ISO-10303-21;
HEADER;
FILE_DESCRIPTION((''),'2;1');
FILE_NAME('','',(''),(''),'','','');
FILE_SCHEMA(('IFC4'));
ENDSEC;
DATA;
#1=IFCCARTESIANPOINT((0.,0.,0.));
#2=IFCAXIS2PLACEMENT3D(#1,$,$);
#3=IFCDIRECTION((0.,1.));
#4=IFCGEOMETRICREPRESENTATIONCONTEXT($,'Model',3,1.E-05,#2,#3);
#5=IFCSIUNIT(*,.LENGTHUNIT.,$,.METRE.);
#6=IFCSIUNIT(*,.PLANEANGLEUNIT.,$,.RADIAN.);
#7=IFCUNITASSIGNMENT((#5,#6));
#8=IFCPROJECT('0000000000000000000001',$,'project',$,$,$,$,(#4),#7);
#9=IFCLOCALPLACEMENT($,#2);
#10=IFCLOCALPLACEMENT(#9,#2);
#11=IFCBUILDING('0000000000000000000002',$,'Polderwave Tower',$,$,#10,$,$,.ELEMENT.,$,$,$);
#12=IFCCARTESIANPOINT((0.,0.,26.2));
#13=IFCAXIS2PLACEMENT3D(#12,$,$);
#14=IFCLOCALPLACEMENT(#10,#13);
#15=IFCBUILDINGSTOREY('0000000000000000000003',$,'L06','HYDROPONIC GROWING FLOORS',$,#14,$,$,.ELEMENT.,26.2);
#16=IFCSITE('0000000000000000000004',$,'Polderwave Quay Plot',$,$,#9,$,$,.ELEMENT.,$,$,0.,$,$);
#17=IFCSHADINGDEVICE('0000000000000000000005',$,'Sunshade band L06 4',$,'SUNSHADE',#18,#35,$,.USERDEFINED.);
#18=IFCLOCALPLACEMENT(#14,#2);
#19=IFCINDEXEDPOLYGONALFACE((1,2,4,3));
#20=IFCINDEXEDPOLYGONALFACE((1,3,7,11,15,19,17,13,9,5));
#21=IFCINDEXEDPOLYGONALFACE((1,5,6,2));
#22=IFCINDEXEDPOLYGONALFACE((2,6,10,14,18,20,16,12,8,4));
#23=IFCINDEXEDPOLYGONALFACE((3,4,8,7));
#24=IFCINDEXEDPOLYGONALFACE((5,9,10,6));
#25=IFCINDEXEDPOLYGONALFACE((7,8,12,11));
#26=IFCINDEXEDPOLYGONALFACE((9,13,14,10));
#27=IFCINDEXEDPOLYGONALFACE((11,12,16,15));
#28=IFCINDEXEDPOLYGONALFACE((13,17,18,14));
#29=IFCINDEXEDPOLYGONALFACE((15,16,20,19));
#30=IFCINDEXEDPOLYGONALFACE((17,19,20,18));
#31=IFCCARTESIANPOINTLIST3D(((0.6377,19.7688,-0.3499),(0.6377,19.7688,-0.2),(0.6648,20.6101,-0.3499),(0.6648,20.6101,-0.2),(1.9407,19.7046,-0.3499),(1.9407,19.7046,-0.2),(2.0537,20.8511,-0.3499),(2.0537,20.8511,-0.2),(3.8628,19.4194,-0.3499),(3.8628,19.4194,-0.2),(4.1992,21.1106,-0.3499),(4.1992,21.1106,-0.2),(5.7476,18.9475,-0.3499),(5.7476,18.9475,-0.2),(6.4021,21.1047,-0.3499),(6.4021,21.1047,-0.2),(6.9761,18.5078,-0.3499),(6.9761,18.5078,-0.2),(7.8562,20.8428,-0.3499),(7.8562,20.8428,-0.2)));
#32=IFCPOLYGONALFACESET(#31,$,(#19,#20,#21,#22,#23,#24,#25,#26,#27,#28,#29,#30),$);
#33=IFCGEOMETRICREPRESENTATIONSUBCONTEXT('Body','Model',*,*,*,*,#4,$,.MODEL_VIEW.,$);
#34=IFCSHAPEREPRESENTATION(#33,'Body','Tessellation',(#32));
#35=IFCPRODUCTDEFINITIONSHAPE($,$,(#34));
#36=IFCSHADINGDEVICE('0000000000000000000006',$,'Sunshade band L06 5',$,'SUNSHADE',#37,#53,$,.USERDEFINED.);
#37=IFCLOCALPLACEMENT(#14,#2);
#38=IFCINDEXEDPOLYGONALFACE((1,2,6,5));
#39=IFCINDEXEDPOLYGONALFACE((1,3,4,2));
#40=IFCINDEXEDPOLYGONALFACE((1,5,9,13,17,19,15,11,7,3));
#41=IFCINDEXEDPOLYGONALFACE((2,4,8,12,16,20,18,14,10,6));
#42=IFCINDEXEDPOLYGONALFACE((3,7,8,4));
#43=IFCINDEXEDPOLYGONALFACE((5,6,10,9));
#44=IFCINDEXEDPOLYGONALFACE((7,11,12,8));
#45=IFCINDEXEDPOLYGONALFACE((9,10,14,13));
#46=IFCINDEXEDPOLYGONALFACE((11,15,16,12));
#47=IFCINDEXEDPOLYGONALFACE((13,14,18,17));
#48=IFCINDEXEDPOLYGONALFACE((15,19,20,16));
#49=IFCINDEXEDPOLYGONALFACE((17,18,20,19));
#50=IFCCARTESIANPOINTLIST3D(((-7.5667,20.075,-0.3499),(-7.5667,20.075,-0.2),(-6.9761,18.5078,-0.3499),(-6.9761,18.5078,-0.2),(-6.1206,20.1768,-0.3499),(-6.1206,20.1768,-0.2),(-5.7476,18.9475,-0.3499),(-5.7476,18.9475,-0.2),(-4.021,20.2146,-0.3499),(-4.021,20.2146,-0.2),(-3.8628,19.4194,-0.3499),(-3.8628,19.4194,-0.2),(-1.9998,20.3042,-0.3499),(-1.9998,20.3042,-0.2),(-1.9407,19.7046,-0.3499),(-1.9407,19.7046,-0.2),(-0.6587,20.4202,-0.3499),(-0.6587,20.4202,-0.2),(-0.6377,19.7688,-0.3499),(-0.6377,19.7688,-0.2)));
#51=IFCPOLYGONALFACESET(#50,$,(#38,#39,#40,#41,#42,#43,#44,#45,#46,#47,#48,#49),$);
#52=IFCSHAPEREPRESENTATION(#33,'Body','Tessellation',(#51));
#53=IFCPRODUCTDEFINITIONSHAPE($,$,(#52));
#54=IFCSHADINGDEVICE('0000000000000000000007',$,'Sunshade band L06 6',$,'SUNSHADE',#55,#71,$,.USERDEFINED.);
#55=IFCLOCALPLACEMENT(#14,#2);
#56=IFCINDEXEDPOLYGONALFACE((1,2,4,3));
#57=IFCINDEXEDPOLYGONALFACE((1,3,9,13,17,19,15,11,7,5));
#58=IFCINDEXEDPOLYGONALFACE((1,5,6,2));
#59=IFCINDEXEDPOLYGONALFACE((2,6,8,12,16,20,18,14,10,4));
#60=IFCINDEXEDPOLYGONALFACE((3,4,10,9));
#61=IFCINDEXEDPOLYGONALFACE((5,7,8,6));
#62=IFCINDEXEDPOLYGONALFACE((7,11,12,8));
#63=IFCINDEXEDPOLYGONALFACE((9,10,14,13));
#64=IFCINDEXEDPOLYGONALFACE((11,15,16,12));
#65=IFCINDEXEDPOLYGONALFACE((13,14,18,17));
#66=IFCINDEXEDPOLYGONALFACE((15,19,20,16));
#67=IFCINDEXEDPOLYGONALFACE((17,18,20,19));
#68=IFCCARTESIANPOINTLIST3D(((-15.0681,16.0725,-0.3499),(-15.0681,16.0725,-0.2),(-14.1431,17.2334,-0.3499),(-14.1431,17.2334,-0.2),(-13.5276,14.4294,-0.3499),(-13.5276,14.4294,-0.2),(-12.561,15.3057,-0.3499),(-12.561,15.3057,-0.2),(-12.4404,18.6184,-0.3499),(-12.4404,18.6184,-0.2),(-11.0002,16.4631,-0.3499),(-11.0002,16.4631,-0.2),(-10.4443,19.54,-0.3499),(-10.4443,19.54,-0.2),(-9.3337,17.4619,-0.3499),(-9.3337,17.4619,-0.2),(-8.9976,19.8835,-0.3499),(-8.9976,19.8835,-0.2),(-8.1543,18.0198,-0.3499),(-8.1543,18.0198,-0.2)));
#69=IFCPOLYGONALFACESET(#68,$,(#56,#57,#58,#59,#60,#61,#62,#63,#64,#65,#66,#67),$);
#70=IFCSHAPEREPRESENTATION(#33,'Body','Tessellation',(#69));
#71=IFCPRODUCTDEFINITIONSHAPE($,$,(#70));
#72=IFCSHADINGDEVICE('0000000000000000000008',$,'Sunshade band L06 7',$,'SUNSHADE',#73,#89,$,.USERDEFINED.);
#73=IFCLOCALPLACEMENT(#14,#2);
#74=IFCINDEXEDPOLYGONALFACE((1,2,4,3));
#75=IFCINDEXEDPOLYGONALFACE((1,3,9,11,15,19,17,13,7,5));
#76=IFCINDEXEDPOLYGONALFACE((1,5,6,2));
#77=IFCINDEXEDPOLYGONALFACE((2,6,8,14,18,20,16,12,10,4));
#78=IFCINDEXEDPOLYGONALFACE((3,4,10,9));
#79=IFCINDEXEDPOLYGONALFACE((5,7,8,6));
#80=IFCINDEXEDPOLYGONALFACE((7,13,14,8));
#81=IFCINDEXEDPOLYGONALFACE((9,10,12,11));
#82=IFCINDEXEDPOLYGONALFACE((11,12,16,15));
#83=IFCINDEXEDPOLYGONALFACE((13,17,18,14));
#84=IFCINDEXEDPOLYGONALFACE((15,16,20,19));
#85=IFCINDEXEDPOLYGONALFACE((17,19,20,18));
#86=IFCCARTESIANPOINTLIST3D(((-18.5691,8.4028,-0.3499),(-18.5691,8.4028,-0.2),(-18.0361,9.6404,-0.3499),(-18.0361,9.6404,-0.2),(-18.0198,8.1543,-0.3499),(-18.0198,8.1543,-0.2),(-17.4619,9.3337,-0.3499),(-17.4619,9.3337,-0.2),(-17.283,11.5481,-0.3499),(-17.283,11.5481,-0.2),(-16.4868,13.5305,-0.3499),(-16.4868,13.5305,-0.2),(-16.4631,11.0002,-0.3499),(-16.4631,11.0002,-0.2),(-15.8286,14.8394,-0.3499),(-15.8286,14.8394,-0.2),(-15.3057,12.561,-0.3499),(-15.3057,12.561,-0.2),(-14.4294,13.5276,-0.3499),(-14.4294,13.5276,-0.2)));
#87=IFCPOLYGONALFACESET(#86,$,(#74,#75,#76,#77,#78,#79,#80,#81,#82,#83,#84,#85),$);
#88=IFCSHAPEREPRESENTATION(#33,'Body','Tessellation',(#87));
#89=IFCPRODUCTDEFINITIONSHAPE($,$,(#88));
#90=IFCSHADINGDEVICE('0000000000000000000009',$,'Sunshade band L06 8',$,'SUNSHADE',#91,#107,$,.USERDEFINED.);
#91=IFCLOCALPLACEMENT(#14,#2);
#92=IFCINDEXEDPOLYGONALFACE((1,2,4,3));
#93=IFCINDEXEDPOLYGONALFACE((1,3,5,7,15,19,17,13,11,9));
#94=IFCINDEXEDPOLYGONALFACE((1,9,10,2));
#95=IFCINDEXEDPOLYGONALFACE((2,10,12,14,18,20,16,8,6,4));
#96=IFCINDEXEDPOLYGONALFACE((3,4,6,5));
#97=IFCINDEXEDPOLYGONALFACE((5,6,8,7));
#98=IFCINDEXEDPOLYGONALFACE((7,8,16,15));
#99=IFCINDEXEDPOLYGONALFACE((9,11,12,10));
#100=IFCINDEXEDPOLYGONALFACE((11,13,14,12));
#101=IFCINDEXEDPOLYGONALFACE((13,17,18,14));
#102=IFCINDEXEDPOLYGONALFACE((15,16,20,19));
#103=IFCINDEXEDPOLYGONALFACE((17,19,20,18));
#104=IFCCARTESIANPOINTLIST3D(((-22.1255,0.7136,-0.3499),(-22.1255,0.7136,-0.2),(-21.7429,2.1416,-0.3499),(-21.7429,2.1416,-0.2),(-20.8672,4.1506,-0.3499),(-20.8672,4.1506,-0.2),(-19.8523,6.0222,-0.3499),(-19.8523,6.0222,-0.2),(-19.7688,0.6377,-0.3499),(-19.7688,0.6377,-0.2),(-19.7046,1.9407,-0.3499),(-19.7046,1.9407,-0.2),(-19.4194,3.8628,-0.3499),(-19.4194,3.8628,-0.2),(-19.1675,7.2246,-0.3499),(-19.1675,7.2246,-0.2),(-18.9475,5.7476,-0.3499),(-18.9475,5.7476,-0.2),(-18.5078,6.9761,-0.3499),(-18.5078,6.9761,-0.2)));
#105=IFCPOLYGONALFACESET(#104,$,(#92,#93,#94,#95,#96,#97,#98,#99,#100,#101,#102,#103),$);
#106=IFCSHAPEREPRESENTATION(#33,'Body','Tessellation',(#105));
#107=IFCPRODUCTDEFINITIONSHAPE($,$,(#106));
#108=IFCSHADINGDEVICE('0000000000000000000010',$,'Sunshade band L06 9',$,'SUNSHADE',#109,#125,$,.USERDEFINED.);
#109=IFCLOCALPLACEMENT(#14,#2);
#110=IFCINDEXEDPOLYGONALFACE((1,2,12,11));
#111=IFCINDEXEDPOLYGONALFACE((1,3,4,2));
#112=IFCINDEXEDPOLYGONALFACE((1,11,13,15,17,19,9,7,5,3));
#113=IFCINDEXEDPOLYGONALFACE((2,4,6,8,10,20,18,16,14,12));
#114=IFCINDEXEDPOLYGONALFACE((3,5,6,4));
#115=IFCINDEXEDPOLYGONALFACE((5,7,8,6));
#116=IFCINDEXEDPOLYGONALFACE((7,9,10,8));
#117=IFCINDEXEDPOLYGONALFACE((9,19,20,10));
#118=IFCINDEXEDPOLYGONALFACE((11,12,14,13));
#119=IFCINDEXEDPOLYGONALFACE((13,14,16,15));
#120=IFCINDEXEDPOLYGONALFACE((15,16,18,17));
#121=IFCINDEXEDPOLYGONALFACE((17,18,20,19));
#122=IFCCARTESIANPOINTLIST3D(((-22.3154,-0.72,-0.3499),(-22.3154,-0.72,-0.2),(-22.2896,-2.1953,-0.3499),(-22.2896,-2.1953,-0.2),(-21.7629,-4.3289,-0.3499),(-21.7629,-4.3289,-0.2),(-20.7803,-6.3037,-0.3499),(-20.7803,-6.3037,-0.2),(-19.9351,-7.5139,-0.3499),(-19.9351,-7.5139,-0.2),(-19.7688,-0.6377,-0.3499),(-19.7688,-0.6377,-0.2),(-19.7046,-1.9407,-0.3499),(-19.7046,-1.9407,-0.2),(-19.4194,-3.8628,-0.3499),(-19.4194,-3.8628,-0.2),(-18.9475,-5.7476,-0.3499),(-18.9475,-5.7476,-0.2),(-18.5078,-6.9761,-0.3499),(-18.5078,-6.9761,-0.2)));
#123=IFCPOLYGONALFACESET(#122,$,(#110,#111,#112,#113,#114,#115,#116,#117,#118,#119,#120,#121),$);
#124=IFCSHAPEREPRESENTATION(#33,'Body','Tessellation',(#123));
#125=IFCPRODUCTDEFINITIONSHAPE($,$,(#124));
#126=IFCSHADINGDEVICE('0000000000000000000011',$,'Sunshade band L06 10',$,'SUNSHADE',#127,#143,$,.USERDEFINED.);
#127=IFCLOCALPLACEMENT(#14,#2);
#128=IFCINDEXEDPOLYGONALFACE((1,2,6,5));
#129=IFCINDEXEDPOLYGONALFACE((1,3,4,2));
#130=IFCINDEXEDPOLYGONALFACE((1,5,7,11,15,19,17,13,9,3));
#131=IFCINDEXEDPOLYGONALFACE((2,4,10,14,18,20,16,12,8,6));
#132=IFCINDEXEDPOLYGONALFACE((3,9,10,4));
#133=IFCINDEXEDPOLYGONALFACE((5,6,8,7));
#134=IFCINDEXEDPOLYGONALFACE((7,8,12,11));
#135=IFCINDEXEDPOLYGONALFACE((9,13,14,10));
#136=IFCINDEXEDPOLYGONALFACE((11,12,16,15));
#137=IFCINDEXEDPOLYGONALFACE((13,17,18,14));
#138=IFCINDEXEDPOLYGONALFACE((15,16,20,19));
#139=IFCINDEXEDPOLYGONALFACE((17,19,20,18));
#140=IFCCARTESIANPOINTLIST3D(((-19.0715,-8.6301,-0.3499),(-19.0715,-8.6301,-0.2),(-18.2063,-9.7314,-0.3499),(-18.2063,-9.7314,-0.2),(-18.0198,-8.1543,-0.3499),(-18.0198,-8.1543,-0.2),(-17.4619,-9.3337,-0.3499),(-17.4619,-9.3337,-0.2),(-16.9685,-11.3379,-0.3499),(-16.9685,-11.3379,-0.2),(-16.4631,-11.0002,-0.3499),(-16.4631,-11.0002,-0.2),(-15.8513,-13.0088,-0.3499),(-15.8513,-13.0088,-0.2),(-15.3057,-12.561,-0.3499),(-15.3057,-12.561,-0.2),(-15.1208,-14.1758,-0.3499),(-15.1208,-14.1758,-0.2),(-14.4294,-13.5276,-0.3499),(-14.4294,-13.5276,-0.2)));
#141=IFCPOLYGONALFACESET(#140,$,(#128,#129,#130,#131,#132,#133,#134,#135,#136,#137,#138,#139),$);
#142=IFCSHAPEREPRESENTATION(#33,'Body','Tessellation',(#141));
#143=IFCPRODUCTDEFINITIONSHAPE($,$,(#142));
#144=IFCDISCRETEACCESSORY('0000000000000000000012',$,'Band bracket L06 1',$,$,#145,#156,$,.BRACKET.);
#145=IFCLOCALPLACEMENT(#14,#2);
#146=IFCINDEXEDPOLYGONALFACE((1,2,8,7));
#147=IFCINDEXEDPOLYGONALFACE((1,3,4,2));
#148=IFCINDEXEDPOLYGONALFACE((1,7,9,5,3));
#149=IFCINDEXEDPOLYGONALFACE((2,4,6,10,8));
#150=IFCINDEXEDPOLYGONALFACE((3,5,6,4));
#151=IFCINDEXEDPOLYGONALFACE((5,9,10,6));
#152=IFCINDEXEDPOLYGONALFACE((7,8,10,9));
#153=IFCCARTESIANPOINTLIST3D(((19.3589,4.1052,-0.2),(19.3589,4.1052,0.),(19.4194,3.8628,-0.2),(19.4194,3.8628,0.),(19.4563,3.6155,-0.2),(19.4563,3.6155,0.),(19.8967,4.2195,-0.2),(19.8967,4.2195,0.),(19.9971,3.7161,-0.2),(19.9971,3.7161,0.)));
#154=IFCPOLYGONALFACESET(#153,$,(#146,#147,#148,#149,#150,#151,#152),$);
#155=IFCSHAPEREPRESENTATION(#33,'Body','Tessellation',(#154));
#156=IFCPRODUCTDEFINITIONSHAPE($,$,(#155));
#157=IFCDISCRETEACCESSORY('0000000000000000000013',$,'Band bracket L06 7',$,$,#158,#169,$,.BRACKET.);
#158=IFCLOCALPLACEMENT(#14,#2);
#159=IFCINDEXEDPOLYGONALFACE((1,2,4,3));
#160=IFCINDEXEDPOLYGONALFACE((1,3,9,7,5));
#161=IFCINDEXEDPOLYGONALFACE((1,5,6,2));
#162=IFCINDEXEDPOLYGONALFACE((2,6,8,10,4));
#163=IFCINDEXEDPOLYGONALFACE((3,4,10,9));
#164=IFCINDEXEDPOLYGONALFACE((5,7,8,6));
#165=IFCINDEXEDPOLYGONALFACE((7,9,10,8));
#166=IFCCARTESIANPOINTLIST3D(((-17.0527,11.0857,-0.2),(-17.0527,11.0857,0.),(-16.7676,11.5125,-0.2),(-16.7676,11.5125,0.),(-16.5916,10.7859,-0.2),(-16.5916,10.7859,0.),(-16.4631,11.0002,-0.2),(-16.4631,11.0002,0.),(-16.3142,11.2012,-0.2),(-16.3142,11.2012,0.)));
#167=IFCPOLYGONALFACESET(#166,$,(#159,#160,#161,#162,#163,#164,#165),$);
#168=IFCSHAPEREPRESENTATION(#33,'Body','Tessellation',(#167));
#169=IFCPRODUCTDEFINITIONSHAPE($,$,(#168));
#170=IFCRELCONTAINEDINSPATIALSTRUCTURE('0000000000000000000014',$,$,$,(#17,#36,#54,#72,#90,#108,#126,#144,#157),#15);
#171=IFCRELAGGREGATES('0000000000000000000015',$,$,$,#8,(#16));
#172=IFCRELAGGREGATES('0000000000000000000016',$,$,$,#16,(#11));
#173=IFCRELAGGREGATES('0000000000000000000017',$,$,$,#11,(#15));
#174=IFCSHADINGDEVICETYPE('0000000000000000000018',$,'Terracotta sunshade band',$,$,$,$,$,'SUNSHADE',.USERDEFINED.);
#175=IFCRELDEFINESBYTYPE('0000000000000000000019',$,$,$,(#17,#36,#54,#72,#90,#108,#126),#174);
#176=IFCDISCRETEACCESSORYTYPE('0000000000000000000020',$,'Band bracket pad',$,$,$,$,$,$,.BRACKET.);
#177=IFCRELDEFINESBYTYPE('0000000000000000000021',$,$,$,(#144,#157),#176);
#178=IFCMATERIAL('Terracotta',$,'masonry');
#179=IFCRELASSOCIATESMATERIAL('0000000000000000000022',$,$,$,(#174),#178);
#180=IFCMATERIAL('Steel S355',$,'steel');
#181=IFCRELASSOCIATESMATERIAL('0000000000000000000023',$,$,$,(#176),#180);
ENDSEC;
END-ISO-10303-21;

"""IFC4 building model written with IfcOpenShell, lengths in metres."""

from ifc_helpers import new_model, si_unit, direction, frame, origin, place, context, subcontext, project, spatial, polyline, outline, extrude, material, type_object, element, save


model = new_model("IFC4")

# Units and contexts
model_context = context("Model", 3, precision=1e-05, world=origin(), true_north=direction((0.0, 1.0)))
body_context = subcontext(model_context, "Body", "Model", "MODEL_VIEW")
ifc_project = project(units=[si_unit("LENGTHUNIT", "METRE"), si_unit("PLANEANGLEUNIT", "RADIAN")], contexts=[model_context])

# Site, building, storey
site_placement = place(None, origin())
site = spatial("IfcSite", under=ifc_project, at=site_placement, Name="Polderwave Quay Plot", CompositionType="ELEMENT", RefElevation=0.0)
building_placement = place(site_placement, origin())
building = spatial("IfcBuilding", under=site, at=building_placement, Name="Polderwave Tower", CompositionType="ELEMENT")
storey_placement = place(building_placement, frame((0.0, 0.0, 26.2)))
storey = spatial("IfcBuildingStorey", under=building, at=storey_placement, Name="L06", Description="HYDROPONIC GROWING FLOORS", CompositionType="ELEMENT", Elevation=26.2)

# Shading devices
ifc_material_1 = material(Name="Terracotta", Category="masonry")
shading_device_type = type_object("IfcShadingDeviceType", Name="Terracotta sunshade band", ElementType="SUNSHADE", PredefinedType="USERDEFINED", material=ifc_material_1)
shading_device_1_placement = place(storey_placement, frame((0.0, 0.0, -0.3499)))
element("IfcShadingDevice", 1, at=shading_device_1_placement, inside=storey, type_object=shading_device_type, Name="Sunshade band L06 4", ObjectType="SUNSHADE", PredefinedType="USERDEFINED", context=body_context, shape_type="SweptSolid", body=[
    extrude(outline(polyline([(6.9761, 18.5078), (5.7476, 18.9475), (3.8628, 19.4194), (1.9407, 19.7046), (0.6377, 19.7688), (0.6648, 20.6101), (2.0537, 20.8511), (4.1992, 21.1106), (6.4021, 21.1047), (7.8562, 20.8428), (6.9761, 18.5078)])), origin(), (0.0, 0.0, 1.0), 0.1499),
])
shading_device_2_placement = place(storey_placement, frame((0.0, 0.0, -0.3499)))
element("IfcShadingDevice", 2, at=shading_device_2_placement, inside=storey, type_object=shading_device_type, Name="Sunshade band L06 5", ObjectType="SUNSHADE", PredefinedType="USERDEFINED", context=body_context, shape_type="SweptSolid", body=[
    extrude(outline(polyline([(-0.6377, 19.7688), (-1.9407, 19.7046), (-3.8628, 19.4194), (-5.7476, 18.9475), (-6.9761, 18.5078), (-7.5667, 20.075), (-6.1206, 20.1768), (-4.021, 20.2146), (-1.9998, 20.3042), (-0.6587, 20.4202), (-0.6377, 19.7688)])), origin(), (0.0, 0.0, 1.0), 0.1499),
])
shading_device_3_placement = place(storey_placement, frame((0.0, 0.0, -0.3499)))
element("IfcShadingDevice", 3, at=shading_device_3_placement, inside=storey, type_object=shading_device_type, Name="Sunshade band L06 6", ObjectType="SUNSHADE", PredefinedType="USERDEFINED", context=body_context, shape_type="SweptSolid", body=[
    extrude(outline(polyline([(-8.1543, 18.0198), (-9.3337, 17.4619), (-11.0002, 16.4631), (-12.561, 15.3057), (-13.5276, 14.4294), (-15.0681, 16.0725), (-14.1431, 17.2334), (-12.4404, 18.6184), (-10.4443, 19.54), (-8.9976, 19.8835), (-8.1543, 18.0198)])), origin(), (0.0, 0.0, 1.0), 0.1499),
])
shading_device_4_placement = place(storey_placement, frame((0.0, 0.0, -0.3499)))
element("IfcShadingDevice", 4, at=shading_device_4_placement, inside=storey, type_object=shading_device_type, Name="Sunshade band L06 7", ObjectType="SUNSHADE", PredefinedType="USERDEFINED", context=body_context, shape_type="SweptSolid", body=[
    extrude(outline(polyline([(-14.4294, 13.5276), (-15.3057, 12.561), (-16.4631, 11.0002), (-17.4619, 9.3337), (-18.0198, 8.1543), (-18.5691, 8.4028), (-18.0361, 9.6404), (-17.283, 11.5481), (-16.4868, 13.5305), (-15.8286, 14.8394), (-14.4294, 13.5276)])), origin(), (0.0, 0.0, 1.0), 0.1499),
])
shading_device_5_placement = place(storey_placement, frame((0.0, 0.0, -0.3499)))
element("IfcShadingDevice", 5, at=shading_device_5_placement, inside=storey, type_object=shading_device_type, Name="Sunshade band L06 8", ObjectType="SUNSHADE", PredefinedType="USERDEFINED", context=body_context, shape_type="SweptSolid", body=[
    extrude(outline(polyline([(-18.5078, 6.9761), (-18.9475, 5.7476), (-19.4194, 3.8628), (-19.7046, 1.9407), (-19.7688, 0.6377), (-22.1255, 0.7136), (-21.7429, 2.1416), (-20.8672, 4.1506), (-19.8523, 6.0222), (-19.1675, 7.2246), (-18.5078, 6.9761)])), origin(), (0.0, 0.0, 1.0), 0.1499),
])
shading_device_6_placement = place(storey_placement, frame((0.0, 0.0, -0.3499)))
element("IfcShadingDevice", 6, at=shading_device_6_placement, inside=storey, type_object=shading_device_type, Name="Sunshade band L06 9", ObjectType="SUNSHADE", PredefinedType="USERDEFINED", context=body_context, shape_type="SweptSolid", body=[
    extrude(outline(polyline([(-19.7688, -0.6377), (-19.7046, -1.9407), (-19.4194, -3.8628), (-18.9475, -5.7476), (-18.5078, -6.9761), (-19.9351, -7.5139), (-20.7803, -6.3037), (-21.7629, -4.3289), (-22.2896, -2.1953), (-22.3154, -0.72), (-19.7688, -0.6377)])), origin(), (0.0, 0.0, 1.0), 0.1499),
])
shading_device_7_placement = place(storey_placement, frame((0.0, 0.0, -0.3499)))
element("IfcShadingDevice", 7, at=shading_device_7_placement, inside=storey, type_object=shading_device_type, Name="Sunshade band L06 10", ObjectType="SUNSHADE", PredefinedType="USERDEFINED", context=body_context, shape_type="SweptSolid", body=[
    extrude(outline(polyline([(-18.0198, -8.1543), (-17.4619, -9.3337), (-16.4631, -11.0002), (-15.3057, -12.561), (-14.4294, -13.5276), (-15.1208, -14.1758), (-15.8513, -13.0088), (-16.9685, -11.3379), (-18.2063, -9.7314), (-19.0715, -8.6301), (-18.0198, -8.1543)])), origin(), (0.0, 0.0, 1.0), 0.1499),
])

# Discrete accessories
ifc_material_2 = material(Name="Steel S355", Category="steel")
discrete_accessory_type = type_object("IfcDiscreteAccessoryType", Name="Band bracket pad", PredefinedType="BRACKET", material=ifc_material_2)
discrete_accessory_1_placement = place(storey_placement, frame((0.0, 0.0, -0.2)))
element("IfcDiscreteAccessory", 8, at=discrete_accessory_1_placement, inside=storey, type_object=discrete_accessory_type, Name="Band bracket L06 1", PredefinedType="BRACKET", context=body_context, shape_type="SweptSolid", body=[
    extrude(outline(polyline([(19.4563, 3.6155), (19.4194, 3.8628), (19.3589, 4.1052), (19.8967, 4.2195), (19.9971, 3.7161), (19.4563, 3.6155)])), origin(), (0.0, 0.0, 1.0), 0.2),
])
discrete_accessory_2_placement = place(storey_placement, frame((0.0, 0.0, -0.2)))
element("IfcDiscreteAccessory", 9, at=discrete_accessory_2_placement, inside=storey, type_object=discrete_accessory_type, Name="Band bracket L06 7", PredefinedType="BRACKET", context=body_context, shape_type="SweptSolid", body=[
    extrude(outline(polyline([(-16.3142, 11.2012), (-16.4631, 11.0002), (-16.5916, 10.7859), (-17.0527, 11.0857), (-16.7676, 11.5125), (-16.3142, 11.2012)])), origin(), (0.0, 0.0, 1.0), 0.2),
])

save(model, "model.ifc")
